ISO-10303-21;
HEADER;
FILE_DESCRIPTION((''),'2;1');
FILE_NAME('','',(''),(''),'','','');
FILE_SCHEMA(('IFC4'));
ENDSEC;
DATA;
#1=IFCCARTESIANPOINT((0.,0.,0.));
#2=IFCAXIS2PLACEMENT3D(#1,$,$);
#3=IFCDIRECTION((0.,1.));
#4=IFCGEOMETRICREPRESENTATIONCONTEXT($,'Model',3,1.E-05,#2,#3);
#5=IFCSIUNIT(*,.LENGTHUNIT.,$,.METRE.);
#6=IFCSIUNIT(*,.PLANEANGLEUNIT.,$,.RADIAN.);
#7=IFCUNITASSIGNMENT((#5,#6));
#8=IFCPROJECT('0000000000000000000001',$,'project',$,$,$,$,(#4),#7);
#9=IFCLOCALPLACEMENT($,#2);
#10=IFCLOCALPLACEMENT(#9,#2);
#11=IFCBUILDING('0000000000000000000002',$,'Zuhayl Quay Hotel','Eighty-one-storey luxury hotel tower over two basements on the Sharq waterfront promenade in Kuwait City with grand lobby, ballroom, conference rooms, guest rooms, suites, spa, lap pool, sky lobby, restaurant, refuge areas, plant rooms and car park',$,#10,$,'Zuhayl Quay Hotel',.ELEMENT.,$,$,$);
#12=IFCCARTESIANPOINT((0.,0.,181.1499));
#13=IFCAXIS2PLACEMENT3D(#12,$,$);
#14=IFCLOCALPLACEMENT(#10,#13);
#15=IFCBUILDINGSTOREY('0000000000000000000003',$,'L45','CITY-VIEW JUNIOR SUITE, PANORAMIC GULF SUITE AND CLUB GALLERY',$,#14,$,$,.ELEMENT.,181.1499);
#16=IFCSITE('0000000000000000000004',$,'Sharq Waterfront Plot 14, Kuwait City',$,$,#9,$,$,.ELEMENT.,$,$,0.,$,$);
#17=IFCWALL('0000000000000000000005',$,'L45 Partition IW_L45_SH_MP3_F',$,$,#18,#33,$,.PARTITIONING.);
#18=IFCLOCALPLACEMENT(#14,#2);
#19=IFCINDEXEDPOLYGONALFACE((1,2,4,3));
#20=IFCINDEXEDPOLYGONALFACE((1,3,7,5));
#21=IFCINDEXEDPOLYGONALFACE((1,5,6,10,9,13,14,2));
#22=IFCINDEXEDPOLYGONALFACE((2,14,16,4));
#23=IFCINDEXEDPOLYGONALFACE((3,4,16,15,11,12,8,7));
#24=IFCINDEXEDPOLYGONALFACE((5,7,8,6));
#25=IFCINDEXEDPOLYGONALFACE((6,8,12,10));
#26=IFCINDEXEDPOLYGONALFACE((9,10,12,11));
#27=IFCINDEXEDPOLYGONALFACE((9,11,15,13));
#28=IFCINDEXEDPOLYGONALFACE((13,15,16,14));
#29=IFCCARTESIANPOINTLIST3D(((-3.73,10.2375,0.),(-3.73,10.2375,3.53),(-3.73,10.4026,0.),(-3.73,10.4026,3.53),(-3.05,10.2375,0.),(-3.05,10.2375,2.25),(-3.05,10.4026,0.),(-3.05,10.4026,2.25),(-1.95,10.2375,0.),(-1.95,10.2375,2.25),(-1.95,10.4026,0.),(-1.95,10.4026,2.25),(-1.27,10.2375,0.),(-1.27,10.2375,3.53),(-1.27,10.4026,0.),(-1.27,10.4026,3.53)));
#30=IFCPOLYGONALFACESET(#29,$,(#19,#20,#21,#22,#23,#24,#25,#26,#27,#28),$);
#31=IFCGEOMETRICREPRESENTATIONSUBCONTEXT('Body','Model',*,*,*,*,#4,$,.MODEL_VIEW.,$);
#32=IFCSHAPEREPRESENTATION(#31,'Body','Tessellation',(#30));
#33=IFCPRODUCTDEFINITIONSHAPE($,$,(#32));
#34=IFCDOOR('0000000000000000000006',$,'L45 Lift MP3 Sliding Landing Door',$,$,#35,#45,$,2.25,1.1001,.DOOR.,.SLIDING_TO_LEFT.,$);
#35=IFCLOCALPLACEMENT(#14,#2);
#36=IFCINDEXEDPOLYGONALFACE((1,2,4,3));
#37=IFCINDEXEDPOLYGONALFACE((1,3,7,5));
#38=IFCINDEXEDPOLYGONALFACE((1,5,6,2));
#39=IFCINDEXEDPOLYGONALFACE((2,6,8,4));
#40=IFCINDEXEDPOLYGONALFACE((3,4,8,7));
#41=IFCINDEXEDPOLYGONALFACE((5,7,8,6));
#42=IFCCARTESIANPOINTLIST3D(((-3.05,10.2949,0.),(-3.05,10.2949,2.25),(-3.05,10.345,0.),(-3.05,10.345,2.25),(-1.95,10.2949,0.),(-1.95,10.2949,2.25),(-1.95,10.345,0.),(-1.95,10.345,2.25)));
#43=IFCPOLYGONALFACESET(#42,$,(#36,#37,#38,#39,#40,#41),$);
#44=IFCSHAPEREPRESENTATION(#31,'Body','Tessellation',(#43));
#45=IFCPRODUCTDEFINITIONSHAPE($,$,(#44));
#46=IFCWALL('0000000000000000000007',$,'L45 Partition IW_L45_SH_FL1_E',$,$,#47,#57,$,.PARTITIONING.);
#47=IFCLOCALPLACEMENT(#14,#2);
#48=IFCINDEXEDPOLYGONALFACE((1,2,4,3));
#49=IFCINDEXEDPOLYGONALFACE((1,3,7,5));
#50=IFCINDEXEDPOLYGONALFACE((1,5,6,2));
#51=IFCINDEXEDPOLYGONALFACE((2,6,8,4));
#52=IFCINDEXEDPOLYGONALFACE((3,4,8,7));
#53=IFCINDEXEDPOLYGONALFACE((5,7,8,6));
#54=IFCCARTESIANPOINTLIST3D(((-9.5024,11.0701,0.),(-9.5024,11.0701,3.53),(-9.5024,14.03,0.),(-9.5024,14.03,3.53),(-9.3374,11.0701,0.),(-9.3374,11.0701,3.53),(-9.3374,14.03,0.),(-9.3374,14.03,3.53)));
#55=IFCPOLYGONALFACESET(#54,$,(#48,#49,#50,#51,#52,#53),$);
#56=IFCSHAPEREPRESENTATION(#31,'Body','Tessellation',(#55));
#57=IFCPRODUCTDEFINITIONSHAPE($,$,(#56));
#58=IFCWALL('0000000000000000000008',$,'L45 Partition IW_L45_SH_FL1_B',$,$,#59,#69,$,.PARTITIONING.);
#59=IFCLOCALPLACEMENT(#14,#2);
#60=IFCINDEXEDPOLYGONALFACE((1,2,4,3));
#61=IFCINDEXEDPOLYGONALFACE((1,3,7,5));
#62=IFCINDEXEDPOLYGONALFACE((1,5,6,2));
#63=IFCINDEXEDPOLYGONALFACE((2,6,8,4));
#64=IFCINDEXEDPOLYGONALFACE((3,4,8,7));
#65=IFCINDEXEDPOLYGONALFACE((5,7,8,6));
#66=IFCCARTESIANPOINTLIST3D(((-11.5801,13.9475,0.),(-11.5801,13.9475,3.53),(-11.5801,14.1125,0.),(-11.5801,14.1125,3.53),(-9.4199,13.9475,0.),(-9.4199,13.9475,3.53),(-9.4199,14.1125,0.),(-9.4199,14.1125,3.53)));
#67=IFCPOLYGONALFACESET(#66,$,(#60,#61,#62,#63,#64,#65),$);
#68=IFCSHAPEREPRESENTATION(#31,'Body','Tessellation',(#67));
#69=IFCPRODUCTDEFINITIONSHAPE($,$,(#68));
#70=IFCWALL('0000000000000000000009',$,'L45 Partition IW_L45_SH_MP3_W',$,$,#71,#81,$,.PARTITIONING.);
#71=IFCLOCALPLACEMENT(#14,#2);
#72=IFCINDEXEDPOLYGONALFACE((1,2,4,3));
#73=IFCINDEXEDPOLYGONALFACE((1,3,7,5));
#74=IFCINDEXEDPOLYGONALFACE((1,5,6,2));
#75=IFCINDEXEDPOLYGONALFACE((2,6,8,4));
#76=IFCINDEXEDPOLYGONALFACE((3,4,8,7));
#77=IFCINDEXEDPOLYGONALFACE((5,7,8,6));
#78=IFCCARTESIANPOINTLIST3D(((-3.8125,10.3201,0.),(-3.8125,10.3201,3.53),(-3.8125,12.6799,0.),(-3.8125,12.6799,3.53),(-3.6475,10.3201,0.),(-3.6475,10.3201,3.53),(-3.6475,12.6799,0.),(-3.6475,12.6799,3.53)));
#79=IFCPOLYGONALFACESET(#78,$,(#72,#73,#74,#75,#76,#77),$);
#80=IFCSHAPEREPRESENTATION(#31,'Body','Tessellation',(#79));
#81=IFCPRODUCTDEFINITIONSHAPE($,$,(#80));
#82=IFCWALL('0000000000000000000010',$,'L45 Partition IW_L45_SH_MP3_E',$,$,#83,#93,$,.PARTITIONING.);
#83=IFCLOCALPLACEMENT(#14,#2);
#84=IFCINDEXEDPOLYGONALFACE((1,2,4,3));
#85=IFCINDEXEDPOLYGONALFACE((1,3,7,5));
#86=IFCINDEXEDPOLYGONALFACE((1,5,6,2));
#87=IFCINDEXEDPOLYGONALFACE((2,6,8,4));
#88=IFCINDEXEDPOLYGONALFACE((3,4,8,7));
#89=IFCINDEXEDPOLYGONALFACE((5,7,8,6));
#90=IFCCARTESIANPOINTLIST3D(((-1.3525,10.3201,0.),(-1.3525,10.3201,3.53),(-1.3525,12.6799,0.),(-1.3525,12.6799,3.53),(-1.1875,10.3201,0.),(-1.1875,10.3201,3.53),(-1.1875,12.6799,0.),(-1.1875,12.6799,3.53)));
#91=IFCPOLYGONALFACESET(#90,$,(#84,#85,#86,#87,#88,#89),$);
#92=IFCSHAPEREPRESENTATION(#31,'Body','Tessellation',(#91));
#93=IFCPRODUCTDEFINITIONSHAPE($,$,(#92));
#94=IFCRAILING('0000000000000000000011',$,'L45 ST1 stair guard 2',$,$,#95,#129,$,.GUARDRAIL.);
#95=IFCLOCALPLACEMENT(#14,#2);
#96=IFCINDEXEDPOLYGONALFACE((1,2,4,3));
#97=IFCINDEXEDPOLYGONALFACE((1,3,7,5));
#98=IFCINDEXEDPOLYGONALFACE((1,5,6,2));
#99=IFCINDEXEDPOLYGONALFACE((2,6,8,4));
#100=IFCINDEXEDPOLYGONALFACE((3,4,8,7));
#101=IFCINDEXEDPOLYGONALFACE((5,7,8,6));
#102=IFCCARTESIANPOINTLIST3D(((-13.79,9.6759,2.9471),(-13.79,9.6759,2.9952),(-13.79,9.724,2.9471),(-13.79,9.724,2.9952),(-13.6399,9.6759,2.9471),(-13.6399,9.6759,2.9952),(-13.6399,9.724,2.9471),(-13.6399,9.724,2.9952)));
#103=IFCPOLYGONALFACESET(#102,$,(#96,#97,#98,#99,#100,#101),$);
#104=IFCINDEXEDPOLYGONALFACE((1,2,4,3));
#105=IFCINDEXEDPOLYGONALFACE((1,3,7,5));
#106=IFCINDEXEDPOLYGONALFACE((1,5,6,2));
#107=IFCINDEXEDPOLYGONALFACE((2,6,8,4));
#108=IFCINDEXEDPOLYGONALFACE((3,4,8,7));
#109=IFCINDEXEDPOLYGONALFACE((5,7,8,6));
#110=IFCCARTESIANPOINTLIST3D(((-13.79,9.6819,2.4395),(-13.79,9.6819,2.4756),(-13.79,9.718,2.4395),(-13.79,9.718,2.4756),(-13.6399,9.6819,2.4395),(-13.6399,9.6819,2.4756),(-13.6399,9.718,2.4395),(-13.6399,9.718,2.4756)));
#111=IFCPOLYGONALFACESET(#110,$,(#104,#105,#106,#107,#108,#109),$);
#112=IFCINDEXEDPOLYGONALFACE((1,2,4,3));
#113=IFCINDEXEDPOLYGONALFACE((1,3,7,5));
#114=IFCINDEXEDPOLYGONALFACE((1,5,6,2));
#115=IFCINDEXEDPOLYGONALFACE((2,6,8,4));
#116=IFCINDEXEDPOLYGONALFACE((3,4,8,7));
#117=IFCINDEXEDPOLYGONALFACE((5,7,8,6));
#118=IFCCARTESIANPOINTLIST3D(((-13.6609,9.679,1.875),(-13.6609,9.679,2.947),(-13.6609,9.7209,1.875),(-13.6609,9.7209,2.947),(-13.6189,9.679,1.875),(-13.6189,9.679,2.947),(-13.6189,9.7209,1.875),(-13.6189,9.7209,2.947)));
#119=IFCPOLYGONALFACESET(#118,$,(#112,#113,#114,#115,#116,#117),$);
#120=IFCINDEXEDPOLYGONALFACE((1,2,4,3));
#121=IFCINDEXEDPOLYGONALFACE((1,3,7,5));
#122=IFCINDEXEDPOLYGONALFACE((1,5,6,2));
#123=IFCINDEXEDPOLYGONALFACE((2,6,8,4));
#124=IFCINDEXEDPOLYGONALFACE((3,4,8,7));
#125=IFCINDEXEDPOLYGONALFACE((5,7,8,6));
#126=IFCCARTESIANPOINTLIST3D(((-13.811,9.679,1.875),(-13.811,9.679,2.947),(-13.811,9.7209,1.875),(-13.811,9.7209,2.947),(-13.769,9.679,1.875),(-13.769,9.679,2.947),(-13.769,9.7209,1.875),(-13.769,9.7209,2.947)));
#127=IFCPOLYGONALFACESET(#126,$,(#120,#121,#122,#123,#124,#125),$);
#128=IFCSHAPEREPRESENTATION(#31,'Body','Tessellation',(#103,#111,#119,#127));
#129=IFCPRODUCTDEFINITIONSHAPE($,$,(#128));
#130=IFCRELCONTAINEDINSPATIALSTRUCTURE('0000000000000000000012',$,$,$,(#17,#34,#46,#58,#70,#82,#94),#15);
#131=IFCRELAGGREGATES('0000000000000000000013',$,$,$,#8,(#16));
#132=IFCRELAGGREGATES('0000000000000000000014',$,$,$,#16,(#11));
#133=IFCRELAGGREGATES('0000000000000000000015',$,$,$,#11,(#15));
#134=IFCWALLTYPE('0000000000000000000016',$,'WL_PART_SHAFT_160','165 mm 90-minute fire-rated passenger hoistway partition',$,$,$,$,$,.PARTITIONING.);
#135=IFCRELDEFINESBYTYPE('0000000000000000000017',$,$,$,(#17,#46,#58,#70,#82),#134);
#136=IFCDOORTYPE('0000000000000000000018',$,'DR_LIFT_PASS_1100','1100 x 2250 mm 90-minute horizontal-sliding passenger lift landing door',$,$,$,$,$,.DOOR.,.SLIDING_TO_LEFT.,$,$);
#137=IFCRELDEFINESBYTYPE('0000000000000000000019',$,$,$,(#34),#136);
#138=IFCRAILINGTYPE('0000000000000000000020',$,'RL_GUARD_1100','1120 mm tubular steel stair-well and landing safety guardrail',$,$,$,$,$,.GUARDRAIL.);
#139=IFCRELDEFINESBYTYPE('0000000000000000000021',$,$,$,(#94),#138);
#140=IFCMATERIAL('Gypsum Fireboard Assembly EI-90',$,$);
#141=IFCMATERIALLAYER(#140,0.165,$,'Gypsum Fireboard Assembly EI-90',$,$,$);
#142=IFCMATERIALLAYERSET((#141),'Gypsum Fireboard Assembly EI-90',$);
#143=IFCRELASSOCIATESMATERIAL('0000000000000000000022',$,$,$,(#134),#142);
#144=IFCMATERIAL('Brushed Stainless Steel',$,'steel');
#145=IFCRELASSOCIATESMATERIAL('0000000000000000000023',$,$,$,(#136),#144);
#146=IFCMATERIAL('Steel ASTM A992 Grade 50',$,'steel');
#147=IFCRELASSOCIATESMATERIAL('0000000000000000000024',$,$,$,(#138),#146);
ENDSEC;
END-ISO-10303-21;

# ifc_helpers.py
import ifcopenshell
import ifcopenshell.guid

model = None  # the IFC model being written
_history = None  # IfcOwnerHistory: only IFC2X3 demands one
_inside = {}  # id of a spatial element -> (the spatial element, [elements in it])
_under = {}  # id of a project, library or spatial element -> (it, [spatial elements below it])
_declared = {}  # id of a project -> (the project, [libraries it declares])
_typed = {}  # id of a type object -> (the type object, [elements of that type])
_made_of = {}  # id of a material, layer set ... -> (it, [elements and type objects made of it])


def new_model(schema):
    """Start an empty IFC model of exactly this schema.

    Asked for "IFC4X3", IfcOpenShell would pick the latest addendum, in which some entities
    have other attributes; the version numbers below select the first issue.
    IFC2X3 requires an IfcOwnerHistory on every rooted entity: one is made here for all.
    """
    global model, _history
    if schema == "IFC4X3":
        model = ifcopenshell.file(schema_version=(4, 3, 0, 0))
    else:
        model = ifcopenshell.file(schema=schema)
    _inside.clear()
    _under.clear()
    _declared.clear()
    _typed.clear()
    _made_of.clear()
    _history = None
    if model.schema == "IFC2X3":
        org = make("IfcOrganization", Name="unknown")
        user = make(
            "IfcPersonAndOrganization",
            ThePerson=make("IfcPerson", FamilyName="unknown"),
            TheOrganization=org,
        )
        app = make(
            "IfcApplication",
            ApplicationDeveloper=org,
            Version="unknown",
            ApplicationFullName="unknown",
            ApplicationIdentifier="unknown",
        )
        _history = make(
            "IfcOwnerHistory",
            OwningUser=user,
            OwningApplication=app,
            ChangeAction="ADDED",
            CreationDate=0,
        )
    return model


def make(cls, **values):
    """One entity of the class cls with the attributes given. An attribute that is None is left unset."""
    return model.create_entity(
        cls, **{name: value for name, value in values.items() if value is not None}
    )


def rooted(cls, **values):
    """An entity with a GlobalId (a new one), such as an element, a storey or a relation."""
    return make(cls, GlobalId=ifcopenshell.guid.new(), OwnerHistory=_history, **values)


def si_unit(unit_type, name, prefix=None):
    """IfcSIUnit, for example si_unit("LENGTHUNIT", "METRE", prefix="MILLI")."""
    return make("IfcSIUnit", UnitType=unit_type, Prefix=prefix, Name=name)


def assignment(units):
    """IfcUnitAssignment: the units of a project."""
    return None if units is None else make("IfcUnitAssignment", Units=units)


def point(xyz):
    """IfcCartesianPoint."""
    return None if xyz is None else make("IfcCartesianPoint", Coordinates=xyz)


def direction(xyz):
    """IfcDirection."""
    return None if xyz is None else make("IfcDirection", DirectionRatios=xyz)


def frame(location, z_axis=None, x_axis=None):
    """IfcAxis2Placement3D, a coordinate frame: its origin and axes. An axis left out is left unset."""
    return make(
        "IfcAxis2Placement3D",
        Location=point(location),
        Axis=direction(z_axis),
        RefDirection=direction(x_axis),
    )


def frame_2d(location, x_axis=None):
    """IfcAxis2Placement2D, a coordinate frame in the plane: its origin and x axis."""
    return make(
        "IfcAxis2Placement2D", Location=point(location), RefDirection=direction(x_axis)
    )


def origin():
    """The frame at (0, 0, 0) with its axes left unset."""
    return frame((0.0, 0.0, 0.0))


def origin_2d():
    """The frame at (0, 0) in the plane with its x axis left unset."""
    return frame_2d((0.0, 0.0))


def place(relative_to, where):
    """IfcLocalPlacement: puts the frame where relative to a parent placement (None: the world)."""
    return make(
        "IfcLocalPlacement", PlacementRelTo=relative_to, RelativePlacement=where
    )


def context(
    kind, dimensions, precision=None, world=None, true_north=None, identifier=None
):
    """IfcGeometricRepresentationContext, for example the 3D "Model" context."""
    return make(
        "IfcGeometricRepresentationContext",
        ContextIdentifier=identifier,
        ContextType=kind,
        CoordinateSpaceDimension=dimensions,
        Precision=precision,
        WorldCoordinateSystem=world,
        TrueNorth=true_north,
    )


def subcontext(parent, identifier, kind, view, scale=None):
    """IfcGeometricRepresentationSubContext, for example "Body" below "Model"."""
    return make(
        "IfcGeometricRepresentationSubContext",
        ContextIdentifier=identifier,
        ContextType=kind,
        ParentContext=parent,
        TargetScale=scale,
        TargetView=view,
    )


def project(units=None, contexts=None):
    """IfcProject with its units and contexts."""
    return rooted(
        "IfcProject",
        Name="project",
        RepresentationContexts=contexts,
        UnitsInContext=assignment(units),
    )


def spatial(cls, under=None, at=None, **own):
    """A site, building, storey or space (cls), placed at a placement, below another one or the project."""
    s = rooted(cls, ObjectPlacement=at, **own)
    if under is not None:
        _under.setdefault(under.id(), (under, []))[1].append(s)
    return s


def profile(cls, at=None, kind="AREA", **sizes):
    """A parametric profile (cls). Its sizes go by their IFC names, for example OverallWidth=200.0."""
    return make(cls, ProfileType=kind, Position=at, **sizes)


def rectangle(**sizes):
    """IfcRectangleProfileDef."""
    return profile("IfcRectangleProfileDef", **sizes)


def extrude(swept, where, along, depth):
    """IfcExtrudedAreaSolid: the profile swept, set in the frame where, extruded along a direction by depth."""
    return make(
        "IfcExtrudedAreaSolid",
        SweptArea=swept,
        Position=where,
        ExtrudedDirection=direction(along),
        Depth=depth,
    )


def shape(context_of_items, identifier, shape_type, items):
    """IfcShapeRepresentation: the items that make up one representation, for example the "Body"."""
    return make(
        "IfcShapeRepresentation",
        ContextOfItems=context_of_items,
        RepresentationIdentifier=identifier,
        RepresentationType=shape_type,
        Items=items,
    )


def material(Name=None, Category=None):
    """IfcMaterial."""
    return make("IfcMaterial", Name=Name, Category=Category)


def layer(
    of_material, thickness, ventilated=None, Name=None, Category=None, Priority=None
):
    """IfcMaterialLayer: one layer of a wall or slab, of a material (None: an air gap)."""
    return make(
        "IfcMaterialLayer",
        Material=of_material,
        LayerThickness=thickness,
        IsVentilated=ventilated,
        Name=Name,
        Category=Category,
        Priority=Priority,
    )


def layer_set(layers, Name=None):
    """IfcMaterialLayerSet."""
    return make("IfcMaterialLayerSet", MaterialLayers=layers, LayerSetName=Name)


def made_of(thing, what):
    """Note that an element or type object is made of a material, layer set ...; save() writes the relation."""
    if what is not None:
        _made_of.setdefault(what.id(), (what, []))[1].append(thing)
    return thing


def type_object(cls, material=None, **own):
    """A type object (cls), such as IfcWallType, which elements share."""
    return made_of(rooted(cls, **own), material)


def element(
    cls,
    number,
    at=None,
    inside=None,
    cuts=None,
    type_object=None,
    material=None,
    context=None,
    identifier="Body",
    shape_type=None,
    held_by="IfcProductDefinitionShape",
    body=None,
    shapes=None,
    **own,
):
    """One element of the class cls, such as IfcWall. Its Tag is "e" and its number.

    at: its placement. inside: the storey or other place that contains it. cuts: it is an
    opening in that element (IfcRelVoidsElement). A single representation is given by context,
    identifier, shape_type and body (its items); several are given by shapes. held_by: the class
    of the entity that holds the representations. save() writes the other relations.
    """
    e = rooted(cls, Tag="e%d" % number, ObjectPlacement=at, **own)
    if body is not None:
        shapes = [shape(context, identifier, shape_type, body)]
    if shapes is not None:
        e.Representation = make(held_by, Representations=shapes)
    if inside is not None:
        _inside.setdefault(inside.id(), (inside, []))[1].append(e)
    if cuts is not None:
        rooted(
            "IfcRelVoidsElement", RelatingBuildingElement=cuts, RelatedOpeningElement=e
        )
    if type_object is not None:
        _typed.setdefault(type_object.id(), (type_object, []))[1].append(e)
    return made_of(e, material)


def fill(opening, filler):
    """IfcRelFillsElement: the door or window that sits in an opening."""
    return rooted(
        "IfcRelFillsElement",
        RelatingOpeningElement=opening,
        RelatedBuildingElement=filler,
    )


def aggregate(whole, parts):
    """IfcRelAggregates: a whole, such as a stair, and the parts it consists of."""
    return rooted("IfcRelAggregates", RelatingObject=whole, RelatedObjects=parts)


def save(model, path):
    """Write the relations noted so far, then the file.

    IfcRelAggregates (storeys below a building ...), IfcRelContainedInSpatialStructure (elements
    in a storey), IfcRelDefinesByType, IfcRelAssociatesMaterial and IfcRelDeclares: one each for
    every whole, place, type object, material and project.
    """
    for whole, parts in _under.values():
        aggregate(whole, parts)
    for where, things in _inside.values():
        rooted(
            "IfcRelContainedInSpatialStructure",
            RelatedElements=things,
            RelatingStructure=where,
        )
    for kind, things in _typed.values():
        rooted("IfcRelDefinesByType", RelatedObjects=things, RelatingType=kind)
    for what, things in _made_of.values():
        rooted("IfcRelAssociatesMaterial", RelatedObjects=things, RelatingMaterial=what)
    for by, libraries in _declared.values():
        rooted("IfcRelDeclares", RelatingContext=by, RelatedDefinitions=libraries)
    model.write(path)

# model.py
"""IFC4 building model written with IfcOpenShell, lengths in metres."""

from ifc_helpers import new_model, si_unit, direction, frame, frame_2d, origin, origin_2d, place, context, subcontext, project, spatial, rectangle, extrude, material, layer, layer_set, type_object, element, fill, save


model = new_model("IFC4")

# Units and contexts
model_context = context("Model", 3, precision=1e-05, world=origin(), true_north=direction((0.0, 1.0)))
body_context = subcontext(model_context, "Body", "Model", "MODEL_VIEW")
ifc_project = project(units=[si_unit("LENGTHUNIT", "METRE"), si_unit("PLANEANGLEUNIT", "RADIAN")], contexts=[model_context])

# Site, building, storey
site_placement = place(None, origin())
site = spatial("IfcSite", under=ifc_project, at=site_placement, Name="Sharq Waterfront Plot 14, Kuwait City", CompositionType="ELEMENT", RefElevation=0.0)
building_placement = place(site_placement, origin())
building = spatial("IfcBuilding", under=site, at=building_placement, Name="Zuhayl Quay Hotel", Description="Eighty-one-storey luxury hotel tower over two basements on the Sharq waterfront promenade in Kuwait City with grand lobby, ballroom, conference rooms, guest rooms, suites, spa, lap pool, sky lobby, restaurant, refuge areas, plant rooms and car park", LongName="Zuhayl Quay Hotel", CompositionType="ELEMENT")
storey_placement = place(building_placement, frame((0.0, 0.0, 181.1499)))
storey = spatial("IfcBuildingStorey", under=building, at=storey_placement, Name="L45", Description="CITY-VIEW JUNIOR SUITE, PANORAMIC GULF SUITE AND CLUB GALLERY", CompositionType="ELEMENT", Elevation=181.1499)

# Shared definitions
ifc_material_1 = material(Name="Steel ASTM A992 Grade 50", Category="steel")

# Wall, opening, door
ifc_material_2 = material(Name="Gypsum Fireboard Assembly EI-90")
ifc_layer_1 = layer(ifc_material_2, 0.165, Name="Gypsum Fireboard Assembly EI-90")
ifc_layer_set_1 = layer_set([ifc_layer_1], Name="Gypsum Fireboard Assembly EI-90")
wall_type_1 = type_object("IfcWallType", Name="WL_PART_SHAFT_160", Description="165 mm 90-minute fire-rated passenger hoistway partition", PredefinedType="PARTITIONING", material=ifc_layer_set_1)
ifc_material_3 = material(Name="Brushed Stainless Steel", Category="steel")
wall_1_placement = place(storey_placement, frame((-3.73, 10.3201, 0.0), z_axis=(0.0, 0.0, 1.0), x_axis=(1.0, 0.0, 0.0)))
wall_1 = element("IfcWall", 1, at=wall_1_placement, inside=storey, type_object=wall_type_1, Name="L45 Partition IW_L45_SH_MP3_F", PredefinedType="PARTITIONING", context=body_context, shape_type="SweptSolid", body=[
    extrude(rectangle(XDim=2.46, YDim=0.165, at=frame_2d((1.23, 0.0))), origin(), (0.0, 0.0, 1.0), 3.53),
])
opening_1_placement = place(wall_1_placement, frame((0.6799, 0.0, 0.0)))
opening_1 = element("IfcOpeningElement", 2, at=opening_1_placement, cuts=wall_1, PredefinedType="OPENING", context=body_context, shape_type="SweptSolid", body=[
    extrude(rectangle(XDim=1.1001, YDim=2.25, at=frame_2d((0.55, 1.125))), frame((0.0, 0.0925, 0.0), z_axis=(0.0, -1.0, 0.0), x_axis=(1.0, 0.0, 0.0)), (0.0, 0.0, 1.0), 0.1851),
])
door_type_1 = type_object("IfcDoorType", Name="DR_LIFT_PASS_1100", Description="1100 x 2250 mm 90-minute horizontal-sliding passenger lift landing door", OperationType="SLIDING_TO_LEFT", PredefinedType="DOOR", material=ifc_material_3)
door_1_placement = place(opening_1_placement, origin())
door_1 = element("IfcDoor", 3, at=door_1_placement, inside=storey, type_object=door_type_1, Name="L45 Lift MP3 Sliding Landing Door", OperationType="SLIDING_TO_LEFT", OverallHeight=2.25, OverallWidth=1.1001, PredefinedType="DOOR", context=body_context, shape_type="SweptSolid", body=[
    extrude(rectangle(XDim=1.1001, YDim=2.25, at=frame_2d((0.55, 1.125))), frame((0.0, 0.0249, 0.0), z_axis=(0.0, -1.0, 0.0), x_axis=(1.0, 0.0, 0.0)), (0.0, 0.0, 1.0), 0.05),
])
fill(opening_1, door_1)

# Walls
wall_2_placement = place(storey_placement, frame((-9.4199, 11.0701, 0.0), z_axis=(0.0, 0.0, 1.0), x_axis=(0.0, 1.0, 0.0)))
element("IfcWall", 4, at=wall_2_placement, inside=storey, type_object=wall_type_1, Name="L45 Partition IW_L45_SH_FL1_E", PredefinedType="PARTITIONING", context=body_context, shape_type="SweptSolid", body=[
    extrude(rectangle(XDim=2.96, YDim=0.165, at=frame_2d((1.48, 0.0))), origin(), (0.0, 0.0, 1.0), 3.53),
])
wall_3_placement = place(storey_placement, frame((-11.5801, 14.03, 0.0), z_axis=(0.0, 0.0, 1.0), x_axis=(1.0, 0.0, 0.0)))
element("IfcWall", 5, at=wall_3_placement, inside=storey, type_object=wall_type_1, Name="L45 Partition IW_L45_SH_FL1_B", PredefinedType="PARTITIONING", context=body_context, shape_type="SweptSolid", body=[
    extrude(rectangle(XDim=2.1602, YDim=0.165, at=frame_2d((1.0801, 0.0))), origin(), (0.0, 0.0, 1.0), 3.53),
])
for number, where, z_axis, x_axis, name in (
    (6, (-3.73, 10.3201, 0.0), (0.0, 0.0, 1.0), (0.0, 1.0, 0.0), "L45 Partition IW_L45_SH_MP3_W"),
    (7, (-1.27, 10.3201, 0.0), (0.0, 0.0, 1.0), (0.0, 1.0, 0.0), "L45 Partition IW_L45_SH_MP3_E"),
):
    element("IfcWall", number, at=place(storey_placement, frame(where, z_axis=z_axis, x_axis=x_axis)), inside=storey, type_object=wall_type_1, Name=name, PredefinedType="PARTITIONING", context=body_context, shape_type="SweptSolid", body=[
        extrude(rectangle(XDim=2.3599, YDim=0.165, at=frame_2d((1.1799, 0.0))), origin(), (0.0, 0.0, 1.0), 3.53),
    ])

# Railing
railing_type = type_object("IfcRailingType", Name="RL_GUARD_1100", Description="1120 mm tubular steel stair-well and landing safety guardrail", PredefinedType="GUARDRAIL", material=ifc_material_1)
railing_placement = place(storey_placement, frame((-13.6399, 9.7, 1.875)))
element("IfcRailing", 8, at=railing_placement, inside=storey, type_object=railing_type, Name="L45 ST1 stair guard 2", PredefinedType="GUARDRAIL", context=body_context, shape_type="SweptSolid", body=[
    extrude(rectangle(XDim=0.0481, YDim=0.0481, at=origin_2d()), frame((0.0, 0.0, 1.0962), z_axis=(-1.0, 0.0, 0.0), x_axis=(0.0, -1.0, 0.0)), (0.0, 0.0, 1.0), 0.1501),
    extrude(rectangle(XDim=0.0361, YDim=0.0361, at=origin_2d()), frame((0.0, 0.0, 0.5825), z_axis=(-1.0, 0.0, 0.0), x_axis=(0.0, -1.0, 0.0)), (0.0, 0.0, 1.0), 0.1501),
    extrude(rectangle(XDim=0.042, YDim=0.042, at=origin_2d()), origin(), (0.0, 0.0, 1.0), 1.072),
    extrude(rectangle(XDim=0.042, YDim=0.042, at=origin_2d()), frame((-0.1501, 0.0, 0.0)), (0.0, 0.0, 1.0), 1.072),
])

save(model, "model.ifc")
